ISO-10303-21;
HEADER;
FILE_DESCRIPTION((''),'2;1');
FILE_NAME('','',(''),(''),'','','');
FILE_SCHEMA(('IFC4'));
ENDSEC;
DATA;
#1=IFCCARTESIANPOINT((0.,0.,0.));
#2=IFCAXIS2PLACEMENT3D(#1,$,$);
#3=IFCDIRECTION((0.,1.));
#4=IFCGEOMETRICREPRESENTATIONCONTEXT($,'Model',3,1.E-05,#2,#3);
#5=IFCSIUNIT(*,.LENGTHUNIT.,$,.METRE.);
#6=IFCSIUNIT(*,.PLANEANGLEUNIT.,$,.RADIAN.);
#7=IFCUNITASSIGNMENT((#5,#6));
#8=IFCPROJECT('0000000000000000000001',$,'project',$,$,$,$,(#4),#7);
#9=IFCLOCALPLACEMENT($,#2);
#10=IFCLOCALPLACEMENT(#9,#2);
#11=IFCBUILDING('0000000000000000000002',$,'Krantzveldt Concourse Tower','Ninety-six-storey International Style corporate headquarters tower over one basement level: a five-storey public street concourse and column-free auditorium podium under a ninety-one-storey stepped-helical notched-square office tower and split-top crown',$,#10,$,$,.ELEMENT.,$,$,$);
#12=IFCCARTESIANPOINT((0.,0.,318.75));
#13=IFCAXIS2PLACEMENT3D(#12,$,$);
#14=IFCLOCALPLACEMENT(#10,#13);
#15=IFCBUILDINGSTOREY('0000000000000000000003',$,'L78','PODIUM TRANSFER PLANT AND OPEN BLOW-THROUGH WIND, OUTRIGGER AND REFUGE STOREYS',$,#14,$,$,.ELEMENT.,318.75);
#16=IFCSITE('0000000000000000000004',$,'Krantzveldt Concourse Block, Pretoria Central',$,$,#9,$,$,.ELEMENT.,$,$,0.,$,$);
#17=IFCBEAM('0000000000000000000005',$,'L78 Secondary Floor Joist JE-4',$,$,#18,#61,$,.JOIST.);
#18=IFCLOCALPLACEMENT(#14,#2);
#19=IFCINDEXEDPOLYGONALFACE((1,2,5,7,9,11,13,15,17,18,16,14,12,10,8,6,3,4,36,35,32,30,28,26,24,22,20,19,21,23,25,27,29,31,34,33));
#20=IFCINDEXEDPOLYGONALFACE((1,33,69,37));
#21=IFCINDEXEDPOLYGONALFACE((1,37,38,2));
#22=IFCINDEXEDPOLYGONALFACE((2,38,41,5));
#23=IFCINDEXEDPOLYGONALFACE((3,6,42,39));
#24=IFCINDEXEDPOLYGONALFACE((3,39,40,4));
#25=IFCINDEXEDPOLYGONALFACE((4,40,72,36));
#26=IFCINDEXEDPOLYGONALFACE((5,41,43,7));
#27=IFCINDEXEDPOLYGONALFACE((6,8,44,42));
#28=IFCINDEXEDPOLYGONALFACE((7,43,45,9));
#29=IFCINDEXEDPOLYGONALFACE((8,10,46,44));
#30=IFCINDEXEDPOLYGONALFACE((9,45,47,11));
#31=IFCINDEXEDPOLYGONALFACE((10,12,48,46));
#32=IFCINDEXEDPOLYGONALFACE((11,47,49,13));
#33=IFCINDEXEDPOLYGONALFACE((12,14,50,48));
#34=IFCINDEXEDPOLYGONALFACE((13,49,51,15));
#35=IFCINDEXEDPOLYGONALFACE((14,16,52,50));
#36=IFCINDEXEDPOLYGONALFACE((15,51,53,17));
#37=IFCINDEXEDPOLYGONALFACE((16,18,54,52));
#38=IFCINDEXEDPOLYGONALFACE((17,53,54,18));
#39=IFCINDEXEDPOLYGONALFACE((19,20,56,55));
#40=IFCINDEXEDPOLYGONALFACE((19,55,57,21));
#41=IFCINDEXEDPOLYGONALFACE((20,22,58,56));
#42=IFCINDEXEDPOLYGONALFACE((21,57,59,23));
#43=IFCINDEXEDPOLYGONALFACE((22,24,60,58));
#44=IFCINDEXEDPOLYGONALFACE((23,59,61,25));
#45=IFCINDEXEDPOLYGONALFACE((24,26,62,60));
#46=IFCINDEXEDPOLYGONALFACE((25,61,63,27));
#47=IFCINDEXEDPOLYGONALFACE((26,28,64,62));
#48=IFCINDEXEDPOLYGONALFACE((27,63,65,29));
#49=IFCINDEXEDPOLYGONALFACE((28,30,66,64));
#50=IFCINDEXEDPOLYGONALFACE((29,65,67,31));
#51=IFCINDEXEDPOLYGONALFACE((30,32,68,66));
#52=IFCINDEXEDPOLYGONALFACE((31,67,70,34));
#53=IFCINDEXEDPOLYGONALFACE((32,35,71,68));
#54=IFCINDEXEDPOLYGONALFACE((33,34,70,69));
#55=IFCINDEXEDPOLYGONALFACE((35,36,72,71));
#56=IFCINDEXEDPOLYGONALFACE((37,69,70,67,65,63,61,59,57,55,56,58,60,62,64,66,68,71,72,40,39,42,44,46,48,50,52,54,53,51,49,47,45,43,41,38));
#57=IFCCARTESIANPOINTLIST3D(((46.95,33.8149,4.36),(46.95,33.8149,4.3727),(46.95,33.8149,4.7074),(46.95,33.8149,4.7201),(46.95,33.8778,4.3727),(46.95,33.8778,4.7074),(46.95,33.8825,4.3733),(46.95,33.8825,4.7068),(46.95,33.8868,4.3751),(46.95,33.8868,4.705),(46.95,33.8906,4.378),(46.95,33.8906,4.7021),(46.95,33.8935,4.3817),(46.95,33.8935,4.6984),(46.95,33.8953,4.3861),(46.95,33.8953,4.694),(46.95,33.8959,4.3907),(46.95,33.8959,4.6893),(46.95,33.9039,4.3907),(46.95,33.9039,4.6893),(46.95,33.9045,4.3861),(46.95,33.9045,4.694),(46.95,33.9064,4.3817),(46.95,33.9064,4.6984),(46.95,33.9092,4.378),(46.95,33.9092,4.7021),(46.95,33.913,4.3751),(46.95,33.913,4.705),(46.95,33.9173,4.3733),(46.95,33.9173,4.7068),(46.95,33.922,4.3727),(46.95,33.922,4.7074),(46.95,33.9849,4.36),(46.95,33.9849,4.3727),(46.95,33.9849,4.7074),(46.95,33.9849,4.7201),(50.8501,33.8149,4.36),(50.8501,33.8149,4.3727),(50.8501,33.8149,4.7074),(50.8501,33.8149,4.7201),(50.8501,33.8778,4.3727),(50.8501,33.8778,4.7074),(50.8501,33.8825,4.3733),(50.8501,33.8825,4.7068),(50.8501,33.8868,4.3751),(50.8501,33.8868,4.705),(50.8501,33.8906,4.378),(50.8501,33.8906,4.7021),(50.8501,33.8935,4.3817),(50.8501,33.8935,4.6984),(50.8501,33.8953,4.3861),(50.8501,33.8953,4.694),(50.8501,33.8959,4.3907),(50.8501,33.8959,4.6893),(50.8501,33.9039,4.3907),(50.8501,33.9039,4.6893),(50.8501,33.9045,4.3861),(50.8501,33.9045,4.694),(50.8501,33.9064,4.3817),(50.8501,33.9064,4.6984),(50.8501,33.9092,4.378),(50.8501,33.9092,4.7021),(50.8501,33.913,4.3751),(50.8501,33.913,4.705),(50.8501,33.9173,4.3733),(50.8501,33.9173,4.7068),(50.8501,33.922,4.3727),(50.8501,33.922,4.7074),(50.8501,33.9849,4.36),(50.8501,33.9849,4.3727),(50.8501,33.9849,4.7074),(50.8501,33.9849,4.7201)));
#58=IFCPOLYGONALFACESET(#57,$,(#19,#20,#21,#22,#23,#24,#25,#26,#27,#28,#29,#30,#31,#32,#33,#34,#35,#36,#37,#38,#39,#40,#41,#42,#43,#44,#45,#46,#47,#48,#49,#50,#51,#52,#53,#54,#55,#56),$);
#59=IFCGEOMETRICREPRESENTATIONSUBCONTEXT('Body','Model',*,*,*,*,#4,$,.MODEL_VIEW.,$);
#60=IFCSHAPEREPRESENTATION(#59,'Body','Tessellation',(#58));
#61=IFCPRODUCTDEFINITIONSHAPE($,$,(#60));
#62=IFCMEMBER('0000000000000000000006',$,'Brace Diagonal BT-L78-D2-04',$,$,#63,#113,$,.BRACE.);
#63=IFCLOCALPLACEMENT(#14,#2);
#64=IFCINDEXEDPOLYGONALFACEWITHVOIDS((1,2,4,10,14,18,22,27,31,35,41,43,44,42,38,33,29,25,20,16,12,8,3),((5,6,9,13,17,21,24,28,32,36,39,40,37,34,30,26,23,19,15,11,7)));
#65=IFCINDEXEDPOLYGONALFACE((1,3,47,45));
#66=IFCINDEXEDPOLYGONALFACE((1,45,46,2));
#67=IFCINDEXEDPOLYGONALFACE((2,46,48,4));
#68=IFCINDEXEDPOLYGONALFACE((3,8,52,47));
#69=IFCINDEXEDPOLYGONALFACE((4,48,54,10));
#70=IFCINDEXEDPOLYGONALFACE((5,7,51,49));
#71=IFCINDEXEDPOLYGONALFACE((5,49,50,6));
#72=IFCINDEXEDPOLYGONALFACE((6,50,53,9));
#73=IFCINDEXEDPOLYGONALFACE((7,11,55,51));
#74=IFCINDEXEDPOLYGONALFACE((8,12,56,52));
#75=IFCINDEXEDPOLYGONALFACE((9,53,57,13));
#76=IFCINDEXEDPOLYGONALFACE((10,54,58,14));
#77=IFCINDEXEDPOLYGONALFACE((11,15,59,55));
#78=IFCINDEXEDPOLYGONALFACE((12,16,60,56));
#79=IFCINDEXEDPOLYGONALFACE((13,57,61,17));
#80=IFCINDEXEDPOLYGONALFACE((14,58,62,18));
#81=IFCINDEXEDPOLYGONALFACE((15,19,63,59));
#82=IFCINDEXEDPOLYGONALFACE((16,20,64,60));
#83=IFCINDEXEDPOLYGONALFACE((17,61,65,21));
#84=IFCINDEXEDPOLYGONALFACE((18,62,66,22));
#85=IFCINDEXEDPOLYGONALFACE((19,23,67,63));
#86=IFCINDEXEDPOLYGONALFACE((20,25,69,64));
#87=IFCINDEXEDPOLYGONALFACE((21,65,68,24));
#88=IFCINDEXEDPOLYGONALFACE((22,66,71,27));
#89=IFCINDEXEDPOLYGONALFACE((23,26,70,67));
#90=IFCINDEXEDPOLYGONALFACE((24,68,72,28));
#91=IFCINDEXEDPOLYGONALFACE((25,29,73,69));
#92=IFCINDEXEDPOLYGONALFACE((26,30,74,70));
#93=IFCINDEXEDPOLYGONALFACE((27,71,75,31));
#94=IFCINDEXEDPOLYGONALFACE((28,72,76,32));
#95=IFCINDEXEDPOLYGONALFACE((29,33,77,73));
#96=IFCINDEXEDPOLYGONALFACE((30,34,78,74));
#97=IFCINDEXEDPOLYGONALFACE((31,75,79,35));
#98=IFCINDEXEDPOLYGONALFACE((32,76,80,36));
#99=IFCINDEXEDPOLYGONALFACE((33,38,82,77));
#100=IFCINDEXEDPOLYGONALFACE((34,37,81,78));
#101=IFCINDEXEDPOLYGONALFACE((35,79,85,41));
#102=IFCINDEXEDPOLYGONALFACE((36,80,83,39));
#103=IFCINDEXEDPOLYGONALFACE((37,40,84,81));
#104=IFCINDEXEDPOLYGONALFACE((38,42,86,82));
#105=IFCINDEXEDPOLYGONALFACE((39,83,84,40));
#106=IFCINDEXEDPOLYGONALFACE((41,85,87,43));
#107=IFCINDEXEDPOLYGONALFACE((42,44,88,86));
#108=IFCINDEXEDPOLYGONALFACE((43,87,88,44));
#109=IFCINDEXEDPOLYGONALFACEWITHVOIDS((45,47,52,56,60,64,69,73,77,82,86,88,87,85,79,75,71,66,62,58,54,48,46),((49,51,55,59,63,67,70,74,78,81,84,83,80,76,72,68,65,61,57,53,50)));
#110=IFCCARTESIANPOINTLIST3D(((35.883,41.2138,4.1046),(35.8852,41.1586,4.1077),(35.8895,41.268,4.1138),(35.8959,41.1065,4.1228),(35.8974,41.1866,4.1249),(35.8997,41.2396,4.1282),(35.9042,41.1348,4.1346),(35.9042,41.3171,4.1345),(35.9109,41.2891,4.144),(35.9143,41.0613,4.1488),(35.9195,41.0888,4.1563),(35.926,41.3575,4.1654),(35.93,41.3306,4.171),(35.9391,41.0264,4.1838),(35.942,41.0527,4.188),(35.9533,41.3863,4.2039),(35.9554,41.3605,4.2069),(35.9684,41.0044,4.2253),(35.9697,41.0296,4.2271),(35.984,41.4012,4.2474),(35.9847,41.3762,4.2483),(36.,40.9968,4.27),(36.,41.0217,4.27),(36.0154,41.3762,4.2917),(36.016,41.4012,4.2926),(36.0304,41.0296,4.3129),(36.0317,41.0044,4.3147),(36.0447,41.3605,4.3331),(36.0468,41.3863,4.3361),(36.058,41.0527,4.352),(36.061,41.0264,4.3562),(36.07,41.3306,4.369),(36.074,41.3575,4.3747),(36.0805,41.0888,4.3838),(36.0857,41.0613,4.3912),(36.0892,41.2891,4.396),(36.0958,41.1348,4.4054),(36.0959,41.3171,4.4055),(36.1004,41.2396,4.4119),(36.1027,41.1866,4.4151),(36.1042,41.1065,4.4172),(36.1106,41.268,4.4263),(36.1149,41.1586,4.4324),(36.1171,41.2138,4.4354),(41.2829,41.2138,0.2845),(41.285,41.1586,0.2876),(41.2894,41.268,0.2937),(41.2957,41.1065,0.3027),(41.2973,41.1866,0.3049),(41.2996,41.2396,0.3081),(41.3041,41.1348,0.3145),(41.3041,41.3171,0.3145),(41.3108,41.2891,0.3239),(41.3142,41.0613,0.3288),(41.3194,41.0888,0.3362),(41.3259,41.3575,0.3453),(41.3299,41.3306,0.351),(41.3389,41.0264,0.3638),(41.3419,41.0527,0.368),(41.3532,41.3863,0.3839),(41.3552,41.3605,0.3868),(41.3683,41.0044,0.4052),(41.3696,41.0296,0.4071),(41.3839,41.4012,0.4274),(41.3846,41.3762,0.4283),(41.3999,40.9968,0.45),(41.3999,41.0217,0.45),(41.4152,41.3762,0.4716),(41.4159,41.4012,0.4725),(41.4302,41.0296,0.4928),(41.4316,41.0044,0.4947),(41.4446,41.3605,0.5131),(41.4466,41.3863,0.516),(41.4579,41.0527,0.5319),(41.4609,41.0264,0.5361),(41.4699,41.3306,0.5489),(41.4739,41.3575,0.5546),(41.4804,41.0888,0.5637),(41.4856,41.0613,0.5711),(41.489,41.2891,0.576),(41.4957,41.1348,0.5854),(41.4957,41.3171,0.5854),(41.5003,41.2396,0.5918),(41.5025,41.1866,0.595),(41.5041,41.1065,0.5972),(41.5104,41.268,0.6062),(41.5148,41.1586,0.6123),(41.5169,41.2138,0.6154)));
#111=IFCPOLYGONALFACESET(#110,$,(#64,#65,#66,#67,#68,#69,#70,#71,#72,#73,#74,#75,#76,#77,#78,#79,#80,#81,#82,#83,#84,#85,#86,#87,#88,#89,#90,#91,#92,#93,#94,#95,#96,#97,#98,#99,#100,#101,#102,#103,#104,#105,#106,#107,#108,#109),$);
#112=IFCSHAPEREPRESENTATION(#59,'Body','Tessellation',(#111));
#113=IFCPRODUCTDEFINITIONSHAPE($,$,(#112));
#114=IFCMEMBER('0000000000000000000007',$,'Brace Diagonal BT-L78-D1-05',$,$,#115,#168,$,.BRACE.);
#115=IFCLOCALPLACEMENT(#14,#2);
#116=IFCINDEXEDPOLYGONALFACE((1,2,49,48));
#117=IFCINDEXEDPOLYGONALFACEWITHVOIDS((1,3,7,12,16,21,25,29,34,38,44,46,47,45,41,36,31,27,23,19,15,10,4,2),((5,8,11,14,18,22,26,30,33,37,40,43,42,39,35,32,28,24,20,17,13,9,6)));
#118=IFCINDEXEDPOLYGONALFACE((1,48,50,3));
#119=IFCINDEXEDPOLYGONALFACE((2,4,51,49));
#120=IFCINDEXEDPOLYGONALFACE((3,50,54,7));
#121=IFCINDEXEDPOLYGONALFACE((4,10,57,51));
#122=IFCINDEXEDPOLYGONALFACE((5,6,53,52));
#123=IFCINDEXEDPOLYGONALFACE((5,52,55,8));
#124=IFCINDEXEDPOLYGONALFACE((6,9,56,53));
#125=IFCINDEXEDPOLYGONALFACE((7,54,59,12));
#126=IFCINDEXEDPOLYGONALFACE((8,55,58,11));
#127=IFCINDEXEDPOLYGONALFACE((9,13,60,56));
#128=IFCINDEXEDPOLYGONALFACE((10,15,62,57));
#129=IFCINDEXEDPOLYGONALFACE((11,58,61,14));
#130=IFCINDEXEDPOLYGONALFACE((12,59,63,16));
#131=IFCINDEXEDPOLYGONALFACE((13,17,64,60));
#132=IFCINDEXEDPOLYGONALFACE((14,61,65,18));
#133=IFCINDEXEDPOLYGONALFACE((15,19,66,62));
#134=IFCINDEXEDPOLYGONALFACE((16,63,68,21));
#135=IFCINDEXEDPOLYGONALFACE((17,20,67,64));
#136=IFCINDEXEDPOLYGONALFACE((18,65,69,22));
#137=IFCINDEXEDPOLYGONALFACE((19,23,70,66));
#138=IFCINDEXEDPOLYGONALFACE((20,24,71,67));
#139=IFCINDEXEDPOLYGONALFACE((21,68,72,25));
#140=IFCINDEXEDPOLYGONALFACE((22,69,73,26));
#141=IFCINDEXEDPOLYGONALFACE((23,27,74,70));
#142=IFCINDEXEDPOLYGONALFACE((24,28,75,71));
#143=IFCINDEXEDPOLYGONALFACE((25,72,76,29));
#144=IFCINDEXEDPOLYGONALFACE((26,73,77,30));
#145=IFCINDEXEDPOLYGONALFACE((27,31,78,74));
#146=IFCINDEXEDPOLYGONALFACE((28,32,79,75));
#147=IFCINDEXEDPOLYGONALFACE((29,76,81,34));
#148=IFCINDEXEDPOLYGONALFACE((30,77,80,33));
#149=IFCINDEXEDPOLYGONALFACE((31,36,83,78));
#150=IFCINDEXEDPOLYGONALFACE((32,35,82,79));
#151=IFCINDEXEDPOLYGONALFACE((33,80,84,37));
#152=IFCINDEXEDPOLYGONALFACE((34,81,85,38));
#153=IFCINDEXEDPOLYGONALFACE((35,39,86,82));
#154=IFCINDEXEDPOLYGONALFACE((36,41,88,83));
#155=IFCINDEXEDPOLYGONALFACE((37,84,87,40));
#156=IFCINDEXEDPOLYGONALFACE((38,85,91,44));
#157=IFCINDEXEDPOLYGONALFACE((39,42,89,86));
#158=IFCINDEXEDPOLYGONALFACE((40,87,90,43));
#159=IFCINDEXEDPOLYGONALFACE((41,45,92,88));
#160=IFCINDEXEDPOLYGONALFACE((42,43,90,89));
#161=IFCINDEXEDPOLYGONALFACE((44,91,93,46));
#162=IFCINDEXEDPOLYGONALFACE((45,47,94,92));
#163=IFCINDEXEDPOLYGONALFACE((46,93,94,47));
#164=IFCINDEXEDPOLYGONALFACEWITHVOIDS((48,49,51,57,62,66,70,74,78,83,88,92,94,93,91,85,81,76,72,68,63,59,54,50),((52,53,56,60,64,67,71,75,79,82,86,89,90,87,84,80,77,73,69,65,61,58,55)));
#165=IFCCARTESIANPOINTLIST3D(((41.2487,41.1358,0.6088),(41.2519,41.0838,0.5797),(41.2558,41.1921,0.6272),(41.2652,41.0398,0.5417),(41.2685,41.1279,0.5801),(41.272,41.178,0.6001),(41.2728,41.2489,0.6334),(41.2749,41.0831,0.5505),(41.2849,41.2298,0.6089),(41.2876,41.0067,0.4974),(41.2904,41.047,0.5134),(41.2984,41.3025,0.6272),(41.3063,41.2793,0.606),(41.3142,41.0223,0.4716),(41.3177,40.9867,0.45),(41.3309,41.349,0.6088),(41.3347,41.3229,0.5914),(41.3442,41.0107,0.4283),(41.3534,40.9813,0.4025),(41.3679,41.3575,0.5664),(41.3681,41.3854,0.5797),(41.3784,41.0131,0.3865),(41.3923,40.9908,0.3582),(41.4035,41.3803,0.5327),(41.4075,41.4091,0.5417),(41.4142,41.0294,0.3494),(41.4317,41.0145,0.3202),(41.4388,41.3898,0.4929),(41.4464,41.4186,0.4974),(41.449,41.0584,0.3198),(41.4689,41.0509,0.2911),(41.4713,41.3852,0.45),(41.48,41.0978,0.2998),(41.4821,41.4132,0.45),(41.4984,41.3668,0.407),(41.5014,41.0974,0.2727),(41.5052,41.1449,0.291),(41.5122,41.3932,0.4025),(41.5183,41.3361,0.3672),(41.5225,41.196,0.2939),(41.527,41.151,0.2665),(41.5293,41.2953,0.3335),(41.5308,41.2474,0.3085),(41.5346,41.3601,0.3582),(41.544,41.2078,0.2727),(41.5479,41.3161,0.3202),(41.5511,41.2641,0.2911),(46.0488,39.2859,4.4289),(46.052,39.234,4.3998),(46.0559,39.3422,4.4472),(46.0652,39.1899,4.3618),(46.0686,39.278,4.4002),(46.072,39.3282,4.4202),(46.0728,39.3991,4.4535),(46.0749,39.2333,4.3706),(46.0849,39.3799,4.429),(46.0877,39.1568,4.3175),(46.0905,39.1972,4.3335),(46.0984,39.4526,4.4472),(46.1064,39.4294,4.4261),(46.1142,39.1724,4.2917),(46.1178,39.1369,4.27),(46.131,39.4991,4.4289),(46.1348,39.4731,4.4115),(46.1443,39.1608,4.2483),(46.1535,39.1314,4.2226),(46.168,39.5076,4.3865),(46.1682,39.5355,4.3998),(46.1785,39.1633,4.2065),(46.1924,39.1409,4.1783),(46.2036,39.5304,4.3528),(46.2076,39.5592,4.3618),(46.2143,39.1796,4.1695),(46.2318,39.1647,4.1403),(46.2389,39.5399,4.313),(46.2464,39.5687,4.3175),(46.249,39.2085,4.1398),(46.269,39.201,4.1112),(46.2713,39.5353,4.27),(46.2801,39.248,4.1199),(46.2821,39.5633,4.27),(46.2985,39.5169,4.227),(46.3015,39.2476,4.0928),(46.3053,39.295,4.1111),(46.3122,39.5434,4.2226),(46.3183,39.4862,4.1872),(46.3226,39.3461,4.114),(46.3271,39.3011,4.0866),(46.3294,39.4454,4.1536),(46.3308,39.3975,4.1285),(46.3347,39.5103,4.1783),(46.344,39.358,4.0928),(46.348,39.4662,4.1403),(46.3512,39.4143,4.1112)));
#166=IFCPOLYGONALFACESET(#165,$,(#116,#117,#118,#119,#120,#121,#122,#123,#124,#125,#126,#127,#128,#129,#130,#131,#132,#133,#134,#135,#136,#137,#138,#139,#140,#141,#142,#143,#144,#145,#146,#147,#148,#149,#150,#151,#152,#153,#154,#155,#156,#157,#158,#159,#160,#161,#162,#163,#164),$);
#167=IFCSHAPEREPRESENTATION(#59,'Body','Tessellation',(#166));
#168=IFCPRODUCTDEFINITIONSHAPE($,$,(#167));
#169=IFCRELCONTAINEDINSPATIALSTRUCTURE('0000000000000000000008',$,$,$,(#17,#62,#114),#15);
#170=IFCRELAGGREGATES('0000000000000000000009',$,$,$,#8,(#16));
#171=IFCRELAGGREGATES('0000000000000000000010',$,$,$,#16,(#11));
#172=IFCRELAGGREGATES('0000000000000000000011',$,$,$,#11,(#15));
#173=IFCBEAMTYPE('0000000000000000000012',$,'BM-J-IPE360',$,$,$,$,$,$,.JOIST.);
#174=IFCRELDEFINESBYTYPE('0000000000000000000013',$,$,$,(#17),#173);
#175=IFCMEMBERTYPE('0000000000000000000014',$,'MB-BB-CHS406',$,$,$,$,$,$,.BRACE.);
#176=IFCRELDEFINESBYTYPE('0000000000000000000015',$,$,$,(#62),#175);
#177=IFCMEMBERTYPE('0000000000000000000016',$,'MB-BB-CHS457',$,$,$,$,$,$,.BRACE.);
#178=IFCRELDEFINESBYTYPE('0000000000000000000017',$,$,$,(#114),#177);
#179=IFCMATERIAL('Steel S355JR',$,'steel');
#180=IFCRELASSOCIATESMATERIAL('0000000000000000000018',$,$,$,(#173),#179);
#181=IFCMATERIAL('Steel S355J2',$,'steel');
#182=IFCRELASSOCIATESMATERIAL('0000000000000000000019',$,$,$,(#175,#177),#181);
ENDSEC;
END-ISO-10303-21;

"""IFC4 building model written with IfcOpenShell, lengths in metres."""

from ifc_helpers import new_model, si_unit, direction, frame, origin, origin_2d, place, context, subcontext, project, spatial, hollow_circle, i_section, extrude, source, transform, mapped, material, material_profile, profile_set, type_object, type_shapes, element, save


model = new_model("IFC4")

# Units and contexts
model_context = context("Model", 3, precision=1e-05, world=origin(), true_north=direction((0.0, 1.0)))
body_context = subcontext(model_context, "Body", "Model", "MODEL_VIEW")
ifc_project = project(units=[si_unit("LENGTHUNIT", "METRE"), si_unit("PLANEANGLEUNIT", "RADIAN")], contexts=[model_context])

# Site, building, storey
site_placement = place(None, origin())
site = spatial("IfcSite", under=ifc_project, at=site_placement, Name="Krantzveldt Concourse Block, Pretoria Central", CompositionType="ELEMENT", RefElevation=0.0)
building_placement = place(site_placement, origin())
building = spatial("IfcBuilding", under=site, at=building_placement, Name="Krantzveldt Concourse Tower", Description="Ninety-six-storey International Style corporate headquarters tower over one basement level: a five-storey public street concourse and column-free auditorium podium under a ninety-one-storey stepped-helical notched-square office tower and split-top crown", CompositionType="ELEMENT")
storey_placement = place(building_placement, frame((0.0, 0.0, 318.75)))
storey = spatial("IfcBuildingStorey", under=building, at=storey_placement, Name="L78", Description="PODIUM TRANSFER PLANT AND OPEN BLOW-THROUGH WIND, OUTRIGGER AND REFUGE STOREYS", CompositionType="ELEMENT", Elevation=318.75)

# Shared definitions
ifc_material_1 = material(Name="Steel S355J2", Category="steel")

# Beam
ifc_material_2 = material(Name="Steel S355JR", Category="steel")
ifc_material_profile_1 = material_profile(ifc_material_2, i_section(OverallWidth=0.1699, OverallDepth=0.3601, WebThickness=0.0081, FlangeThickness=0.0127, FilletRadius=0.0181, at=origin_2d()), Name="Steel S355JR", Category="steel")
ifc_profile_set_1 = profile_set([ifc_material_profile_1], Name="Steel S355JR - IPE 360")
beam_type_1 = type_object("IfcBeamType", Name="BM-J-IPE360", PredefinedType="JOIST", material=ifc_profile_set_1)
shared_shape_1 = source(origin(), body_context, "Body", "SweptSolid", [
    extrude(i_section(OverallWidth=0.1699, OverallDepth=0.3601, WebThickness=0.0081, FlangeThickness=0.0127, FilletRadius=0.0181, at=origin_2d()), origin(), (0.0, 0.0, 1.0), 3.9001),
])
type_shapes(beam_type_1, [shared_shape_1])
beam_1_placement = place(storey_placement, frame((46.95, 33.8999, 4.54), z_axis=(1.0, 0.0, 0.0), x_axis=(0.0, 1.0, 0.0)))
element("IfcBeam", 1, at=beam_1_placement, inside=storey, type_object=beam_type_1, Name="L78 Secondary Floor Joist JE-4", PredefinedType="JOIST", context=body_context, shape_type="MappedRepresentation", body=[
    mapped(shared_shape_1, transform((0.0, 0.0, 0.0), x_axis=(1.0, 0.0, 0.0), y_axis=(0.0, 1.0, 0.0), z_axis=(0.0, 0.0, 1.0), scale=1.0)),
])

# Members
ifc_material_profile_2 = material_profile(ifc_material_1, hollow_circle(Radius=0.2031, WallThickness=0.0249, at=origin_2d()), Name="Steel S355J2", Category="steel")
ifc_profile_set_2 = profile_set([ifc_material_profile_2], Name="Steel S355J2 - CHS 406.4x25")
member_type_1 = type_object("IfcMemberType", Name="MB-BB-CHS406", PredefinedType="BRACE", material=ifc_profile_set_2)
shared_shape_2 = source(origin(), body_context, "Body", "SweptSolid", [
    extrude(hollow_circle(Radius=0.2031, WallThickness=0.0249, at=origin_2d()), origin(), (0.0, 0.0, 1.0), 6.6145),
])
member_1_placement = place(storey_placement, frame((41.3999, 41.2, 0.45), z_axis=(-0.816371, 0.0, 0.577528), x_axis=(0.0, -1.0, 0.0)))
element("IfcMember", 2, at=member_1_placement, inside=storey, type_object=member_type_1, Name="Brace Diagonal BT-L78-D2-04", PredefinedType="BRACE", context=body_context, shape_type="MappedRepresentation", body=[
    mapped(shared_shape_2, transform((0.0, 0.0, 0.0), x_axis=(1.0, 0.0, 0.0), y_axis=(0.0, 1.0, 0.0), z_axis=(0.0, 0.0, 1.0), scale=1.0)),
])
ifc_material_profile_3 = material_profile(ifc_material_1, hollow_circle(Radius=0.2285, WallThickness=0.03, at=origin_2d()), Name="Steel S355J2", Category="steel")
ifc_profile_set_3 = profile_set([ifc_material_profile_3], Name="Steel S355J2 - CHS 457x30")
member_type_2 = type_object("IfcMemberType", Name="MB-BB-CHS457", PredefinedType="BRACE", material=ifc_profile_set_3)
shared_shape_3 = source(origin(), body_context, "Body", "SweptSolid", [
    extrude(hollow_circle(Radius=0.2285, WallThickness=0.03, at=origin_2d()), origin(), (0.0, 0.0, 1.0), 6.4075),
])
member_2_placement = place(storey_placement, frame((41.3999, 41.2, 0.45), z_axis=(0.749136, -0.288704, 0.596192), x_axis=(0.359602, 0.933106, 0.0)))
element("IfcMember", 3, at=member_2_placement, inside=storey, type_object=member_type_2, Name="Brace Diagonal BT-L78-D1-05", PredefinedType="BRACE", context=body_context, shape_type="MappedRepresentation", body=[
    mapped(shared_shape_3, transform((0.0, 0.0, 0.0), x_axis=(1.0, 0.0, 0.0), y_axis=(0.0, 1.0, 0.0), z_axis=(0.0, 0.0, 1.0), scale=1.0)),
])

save(model, "model.ifc")
